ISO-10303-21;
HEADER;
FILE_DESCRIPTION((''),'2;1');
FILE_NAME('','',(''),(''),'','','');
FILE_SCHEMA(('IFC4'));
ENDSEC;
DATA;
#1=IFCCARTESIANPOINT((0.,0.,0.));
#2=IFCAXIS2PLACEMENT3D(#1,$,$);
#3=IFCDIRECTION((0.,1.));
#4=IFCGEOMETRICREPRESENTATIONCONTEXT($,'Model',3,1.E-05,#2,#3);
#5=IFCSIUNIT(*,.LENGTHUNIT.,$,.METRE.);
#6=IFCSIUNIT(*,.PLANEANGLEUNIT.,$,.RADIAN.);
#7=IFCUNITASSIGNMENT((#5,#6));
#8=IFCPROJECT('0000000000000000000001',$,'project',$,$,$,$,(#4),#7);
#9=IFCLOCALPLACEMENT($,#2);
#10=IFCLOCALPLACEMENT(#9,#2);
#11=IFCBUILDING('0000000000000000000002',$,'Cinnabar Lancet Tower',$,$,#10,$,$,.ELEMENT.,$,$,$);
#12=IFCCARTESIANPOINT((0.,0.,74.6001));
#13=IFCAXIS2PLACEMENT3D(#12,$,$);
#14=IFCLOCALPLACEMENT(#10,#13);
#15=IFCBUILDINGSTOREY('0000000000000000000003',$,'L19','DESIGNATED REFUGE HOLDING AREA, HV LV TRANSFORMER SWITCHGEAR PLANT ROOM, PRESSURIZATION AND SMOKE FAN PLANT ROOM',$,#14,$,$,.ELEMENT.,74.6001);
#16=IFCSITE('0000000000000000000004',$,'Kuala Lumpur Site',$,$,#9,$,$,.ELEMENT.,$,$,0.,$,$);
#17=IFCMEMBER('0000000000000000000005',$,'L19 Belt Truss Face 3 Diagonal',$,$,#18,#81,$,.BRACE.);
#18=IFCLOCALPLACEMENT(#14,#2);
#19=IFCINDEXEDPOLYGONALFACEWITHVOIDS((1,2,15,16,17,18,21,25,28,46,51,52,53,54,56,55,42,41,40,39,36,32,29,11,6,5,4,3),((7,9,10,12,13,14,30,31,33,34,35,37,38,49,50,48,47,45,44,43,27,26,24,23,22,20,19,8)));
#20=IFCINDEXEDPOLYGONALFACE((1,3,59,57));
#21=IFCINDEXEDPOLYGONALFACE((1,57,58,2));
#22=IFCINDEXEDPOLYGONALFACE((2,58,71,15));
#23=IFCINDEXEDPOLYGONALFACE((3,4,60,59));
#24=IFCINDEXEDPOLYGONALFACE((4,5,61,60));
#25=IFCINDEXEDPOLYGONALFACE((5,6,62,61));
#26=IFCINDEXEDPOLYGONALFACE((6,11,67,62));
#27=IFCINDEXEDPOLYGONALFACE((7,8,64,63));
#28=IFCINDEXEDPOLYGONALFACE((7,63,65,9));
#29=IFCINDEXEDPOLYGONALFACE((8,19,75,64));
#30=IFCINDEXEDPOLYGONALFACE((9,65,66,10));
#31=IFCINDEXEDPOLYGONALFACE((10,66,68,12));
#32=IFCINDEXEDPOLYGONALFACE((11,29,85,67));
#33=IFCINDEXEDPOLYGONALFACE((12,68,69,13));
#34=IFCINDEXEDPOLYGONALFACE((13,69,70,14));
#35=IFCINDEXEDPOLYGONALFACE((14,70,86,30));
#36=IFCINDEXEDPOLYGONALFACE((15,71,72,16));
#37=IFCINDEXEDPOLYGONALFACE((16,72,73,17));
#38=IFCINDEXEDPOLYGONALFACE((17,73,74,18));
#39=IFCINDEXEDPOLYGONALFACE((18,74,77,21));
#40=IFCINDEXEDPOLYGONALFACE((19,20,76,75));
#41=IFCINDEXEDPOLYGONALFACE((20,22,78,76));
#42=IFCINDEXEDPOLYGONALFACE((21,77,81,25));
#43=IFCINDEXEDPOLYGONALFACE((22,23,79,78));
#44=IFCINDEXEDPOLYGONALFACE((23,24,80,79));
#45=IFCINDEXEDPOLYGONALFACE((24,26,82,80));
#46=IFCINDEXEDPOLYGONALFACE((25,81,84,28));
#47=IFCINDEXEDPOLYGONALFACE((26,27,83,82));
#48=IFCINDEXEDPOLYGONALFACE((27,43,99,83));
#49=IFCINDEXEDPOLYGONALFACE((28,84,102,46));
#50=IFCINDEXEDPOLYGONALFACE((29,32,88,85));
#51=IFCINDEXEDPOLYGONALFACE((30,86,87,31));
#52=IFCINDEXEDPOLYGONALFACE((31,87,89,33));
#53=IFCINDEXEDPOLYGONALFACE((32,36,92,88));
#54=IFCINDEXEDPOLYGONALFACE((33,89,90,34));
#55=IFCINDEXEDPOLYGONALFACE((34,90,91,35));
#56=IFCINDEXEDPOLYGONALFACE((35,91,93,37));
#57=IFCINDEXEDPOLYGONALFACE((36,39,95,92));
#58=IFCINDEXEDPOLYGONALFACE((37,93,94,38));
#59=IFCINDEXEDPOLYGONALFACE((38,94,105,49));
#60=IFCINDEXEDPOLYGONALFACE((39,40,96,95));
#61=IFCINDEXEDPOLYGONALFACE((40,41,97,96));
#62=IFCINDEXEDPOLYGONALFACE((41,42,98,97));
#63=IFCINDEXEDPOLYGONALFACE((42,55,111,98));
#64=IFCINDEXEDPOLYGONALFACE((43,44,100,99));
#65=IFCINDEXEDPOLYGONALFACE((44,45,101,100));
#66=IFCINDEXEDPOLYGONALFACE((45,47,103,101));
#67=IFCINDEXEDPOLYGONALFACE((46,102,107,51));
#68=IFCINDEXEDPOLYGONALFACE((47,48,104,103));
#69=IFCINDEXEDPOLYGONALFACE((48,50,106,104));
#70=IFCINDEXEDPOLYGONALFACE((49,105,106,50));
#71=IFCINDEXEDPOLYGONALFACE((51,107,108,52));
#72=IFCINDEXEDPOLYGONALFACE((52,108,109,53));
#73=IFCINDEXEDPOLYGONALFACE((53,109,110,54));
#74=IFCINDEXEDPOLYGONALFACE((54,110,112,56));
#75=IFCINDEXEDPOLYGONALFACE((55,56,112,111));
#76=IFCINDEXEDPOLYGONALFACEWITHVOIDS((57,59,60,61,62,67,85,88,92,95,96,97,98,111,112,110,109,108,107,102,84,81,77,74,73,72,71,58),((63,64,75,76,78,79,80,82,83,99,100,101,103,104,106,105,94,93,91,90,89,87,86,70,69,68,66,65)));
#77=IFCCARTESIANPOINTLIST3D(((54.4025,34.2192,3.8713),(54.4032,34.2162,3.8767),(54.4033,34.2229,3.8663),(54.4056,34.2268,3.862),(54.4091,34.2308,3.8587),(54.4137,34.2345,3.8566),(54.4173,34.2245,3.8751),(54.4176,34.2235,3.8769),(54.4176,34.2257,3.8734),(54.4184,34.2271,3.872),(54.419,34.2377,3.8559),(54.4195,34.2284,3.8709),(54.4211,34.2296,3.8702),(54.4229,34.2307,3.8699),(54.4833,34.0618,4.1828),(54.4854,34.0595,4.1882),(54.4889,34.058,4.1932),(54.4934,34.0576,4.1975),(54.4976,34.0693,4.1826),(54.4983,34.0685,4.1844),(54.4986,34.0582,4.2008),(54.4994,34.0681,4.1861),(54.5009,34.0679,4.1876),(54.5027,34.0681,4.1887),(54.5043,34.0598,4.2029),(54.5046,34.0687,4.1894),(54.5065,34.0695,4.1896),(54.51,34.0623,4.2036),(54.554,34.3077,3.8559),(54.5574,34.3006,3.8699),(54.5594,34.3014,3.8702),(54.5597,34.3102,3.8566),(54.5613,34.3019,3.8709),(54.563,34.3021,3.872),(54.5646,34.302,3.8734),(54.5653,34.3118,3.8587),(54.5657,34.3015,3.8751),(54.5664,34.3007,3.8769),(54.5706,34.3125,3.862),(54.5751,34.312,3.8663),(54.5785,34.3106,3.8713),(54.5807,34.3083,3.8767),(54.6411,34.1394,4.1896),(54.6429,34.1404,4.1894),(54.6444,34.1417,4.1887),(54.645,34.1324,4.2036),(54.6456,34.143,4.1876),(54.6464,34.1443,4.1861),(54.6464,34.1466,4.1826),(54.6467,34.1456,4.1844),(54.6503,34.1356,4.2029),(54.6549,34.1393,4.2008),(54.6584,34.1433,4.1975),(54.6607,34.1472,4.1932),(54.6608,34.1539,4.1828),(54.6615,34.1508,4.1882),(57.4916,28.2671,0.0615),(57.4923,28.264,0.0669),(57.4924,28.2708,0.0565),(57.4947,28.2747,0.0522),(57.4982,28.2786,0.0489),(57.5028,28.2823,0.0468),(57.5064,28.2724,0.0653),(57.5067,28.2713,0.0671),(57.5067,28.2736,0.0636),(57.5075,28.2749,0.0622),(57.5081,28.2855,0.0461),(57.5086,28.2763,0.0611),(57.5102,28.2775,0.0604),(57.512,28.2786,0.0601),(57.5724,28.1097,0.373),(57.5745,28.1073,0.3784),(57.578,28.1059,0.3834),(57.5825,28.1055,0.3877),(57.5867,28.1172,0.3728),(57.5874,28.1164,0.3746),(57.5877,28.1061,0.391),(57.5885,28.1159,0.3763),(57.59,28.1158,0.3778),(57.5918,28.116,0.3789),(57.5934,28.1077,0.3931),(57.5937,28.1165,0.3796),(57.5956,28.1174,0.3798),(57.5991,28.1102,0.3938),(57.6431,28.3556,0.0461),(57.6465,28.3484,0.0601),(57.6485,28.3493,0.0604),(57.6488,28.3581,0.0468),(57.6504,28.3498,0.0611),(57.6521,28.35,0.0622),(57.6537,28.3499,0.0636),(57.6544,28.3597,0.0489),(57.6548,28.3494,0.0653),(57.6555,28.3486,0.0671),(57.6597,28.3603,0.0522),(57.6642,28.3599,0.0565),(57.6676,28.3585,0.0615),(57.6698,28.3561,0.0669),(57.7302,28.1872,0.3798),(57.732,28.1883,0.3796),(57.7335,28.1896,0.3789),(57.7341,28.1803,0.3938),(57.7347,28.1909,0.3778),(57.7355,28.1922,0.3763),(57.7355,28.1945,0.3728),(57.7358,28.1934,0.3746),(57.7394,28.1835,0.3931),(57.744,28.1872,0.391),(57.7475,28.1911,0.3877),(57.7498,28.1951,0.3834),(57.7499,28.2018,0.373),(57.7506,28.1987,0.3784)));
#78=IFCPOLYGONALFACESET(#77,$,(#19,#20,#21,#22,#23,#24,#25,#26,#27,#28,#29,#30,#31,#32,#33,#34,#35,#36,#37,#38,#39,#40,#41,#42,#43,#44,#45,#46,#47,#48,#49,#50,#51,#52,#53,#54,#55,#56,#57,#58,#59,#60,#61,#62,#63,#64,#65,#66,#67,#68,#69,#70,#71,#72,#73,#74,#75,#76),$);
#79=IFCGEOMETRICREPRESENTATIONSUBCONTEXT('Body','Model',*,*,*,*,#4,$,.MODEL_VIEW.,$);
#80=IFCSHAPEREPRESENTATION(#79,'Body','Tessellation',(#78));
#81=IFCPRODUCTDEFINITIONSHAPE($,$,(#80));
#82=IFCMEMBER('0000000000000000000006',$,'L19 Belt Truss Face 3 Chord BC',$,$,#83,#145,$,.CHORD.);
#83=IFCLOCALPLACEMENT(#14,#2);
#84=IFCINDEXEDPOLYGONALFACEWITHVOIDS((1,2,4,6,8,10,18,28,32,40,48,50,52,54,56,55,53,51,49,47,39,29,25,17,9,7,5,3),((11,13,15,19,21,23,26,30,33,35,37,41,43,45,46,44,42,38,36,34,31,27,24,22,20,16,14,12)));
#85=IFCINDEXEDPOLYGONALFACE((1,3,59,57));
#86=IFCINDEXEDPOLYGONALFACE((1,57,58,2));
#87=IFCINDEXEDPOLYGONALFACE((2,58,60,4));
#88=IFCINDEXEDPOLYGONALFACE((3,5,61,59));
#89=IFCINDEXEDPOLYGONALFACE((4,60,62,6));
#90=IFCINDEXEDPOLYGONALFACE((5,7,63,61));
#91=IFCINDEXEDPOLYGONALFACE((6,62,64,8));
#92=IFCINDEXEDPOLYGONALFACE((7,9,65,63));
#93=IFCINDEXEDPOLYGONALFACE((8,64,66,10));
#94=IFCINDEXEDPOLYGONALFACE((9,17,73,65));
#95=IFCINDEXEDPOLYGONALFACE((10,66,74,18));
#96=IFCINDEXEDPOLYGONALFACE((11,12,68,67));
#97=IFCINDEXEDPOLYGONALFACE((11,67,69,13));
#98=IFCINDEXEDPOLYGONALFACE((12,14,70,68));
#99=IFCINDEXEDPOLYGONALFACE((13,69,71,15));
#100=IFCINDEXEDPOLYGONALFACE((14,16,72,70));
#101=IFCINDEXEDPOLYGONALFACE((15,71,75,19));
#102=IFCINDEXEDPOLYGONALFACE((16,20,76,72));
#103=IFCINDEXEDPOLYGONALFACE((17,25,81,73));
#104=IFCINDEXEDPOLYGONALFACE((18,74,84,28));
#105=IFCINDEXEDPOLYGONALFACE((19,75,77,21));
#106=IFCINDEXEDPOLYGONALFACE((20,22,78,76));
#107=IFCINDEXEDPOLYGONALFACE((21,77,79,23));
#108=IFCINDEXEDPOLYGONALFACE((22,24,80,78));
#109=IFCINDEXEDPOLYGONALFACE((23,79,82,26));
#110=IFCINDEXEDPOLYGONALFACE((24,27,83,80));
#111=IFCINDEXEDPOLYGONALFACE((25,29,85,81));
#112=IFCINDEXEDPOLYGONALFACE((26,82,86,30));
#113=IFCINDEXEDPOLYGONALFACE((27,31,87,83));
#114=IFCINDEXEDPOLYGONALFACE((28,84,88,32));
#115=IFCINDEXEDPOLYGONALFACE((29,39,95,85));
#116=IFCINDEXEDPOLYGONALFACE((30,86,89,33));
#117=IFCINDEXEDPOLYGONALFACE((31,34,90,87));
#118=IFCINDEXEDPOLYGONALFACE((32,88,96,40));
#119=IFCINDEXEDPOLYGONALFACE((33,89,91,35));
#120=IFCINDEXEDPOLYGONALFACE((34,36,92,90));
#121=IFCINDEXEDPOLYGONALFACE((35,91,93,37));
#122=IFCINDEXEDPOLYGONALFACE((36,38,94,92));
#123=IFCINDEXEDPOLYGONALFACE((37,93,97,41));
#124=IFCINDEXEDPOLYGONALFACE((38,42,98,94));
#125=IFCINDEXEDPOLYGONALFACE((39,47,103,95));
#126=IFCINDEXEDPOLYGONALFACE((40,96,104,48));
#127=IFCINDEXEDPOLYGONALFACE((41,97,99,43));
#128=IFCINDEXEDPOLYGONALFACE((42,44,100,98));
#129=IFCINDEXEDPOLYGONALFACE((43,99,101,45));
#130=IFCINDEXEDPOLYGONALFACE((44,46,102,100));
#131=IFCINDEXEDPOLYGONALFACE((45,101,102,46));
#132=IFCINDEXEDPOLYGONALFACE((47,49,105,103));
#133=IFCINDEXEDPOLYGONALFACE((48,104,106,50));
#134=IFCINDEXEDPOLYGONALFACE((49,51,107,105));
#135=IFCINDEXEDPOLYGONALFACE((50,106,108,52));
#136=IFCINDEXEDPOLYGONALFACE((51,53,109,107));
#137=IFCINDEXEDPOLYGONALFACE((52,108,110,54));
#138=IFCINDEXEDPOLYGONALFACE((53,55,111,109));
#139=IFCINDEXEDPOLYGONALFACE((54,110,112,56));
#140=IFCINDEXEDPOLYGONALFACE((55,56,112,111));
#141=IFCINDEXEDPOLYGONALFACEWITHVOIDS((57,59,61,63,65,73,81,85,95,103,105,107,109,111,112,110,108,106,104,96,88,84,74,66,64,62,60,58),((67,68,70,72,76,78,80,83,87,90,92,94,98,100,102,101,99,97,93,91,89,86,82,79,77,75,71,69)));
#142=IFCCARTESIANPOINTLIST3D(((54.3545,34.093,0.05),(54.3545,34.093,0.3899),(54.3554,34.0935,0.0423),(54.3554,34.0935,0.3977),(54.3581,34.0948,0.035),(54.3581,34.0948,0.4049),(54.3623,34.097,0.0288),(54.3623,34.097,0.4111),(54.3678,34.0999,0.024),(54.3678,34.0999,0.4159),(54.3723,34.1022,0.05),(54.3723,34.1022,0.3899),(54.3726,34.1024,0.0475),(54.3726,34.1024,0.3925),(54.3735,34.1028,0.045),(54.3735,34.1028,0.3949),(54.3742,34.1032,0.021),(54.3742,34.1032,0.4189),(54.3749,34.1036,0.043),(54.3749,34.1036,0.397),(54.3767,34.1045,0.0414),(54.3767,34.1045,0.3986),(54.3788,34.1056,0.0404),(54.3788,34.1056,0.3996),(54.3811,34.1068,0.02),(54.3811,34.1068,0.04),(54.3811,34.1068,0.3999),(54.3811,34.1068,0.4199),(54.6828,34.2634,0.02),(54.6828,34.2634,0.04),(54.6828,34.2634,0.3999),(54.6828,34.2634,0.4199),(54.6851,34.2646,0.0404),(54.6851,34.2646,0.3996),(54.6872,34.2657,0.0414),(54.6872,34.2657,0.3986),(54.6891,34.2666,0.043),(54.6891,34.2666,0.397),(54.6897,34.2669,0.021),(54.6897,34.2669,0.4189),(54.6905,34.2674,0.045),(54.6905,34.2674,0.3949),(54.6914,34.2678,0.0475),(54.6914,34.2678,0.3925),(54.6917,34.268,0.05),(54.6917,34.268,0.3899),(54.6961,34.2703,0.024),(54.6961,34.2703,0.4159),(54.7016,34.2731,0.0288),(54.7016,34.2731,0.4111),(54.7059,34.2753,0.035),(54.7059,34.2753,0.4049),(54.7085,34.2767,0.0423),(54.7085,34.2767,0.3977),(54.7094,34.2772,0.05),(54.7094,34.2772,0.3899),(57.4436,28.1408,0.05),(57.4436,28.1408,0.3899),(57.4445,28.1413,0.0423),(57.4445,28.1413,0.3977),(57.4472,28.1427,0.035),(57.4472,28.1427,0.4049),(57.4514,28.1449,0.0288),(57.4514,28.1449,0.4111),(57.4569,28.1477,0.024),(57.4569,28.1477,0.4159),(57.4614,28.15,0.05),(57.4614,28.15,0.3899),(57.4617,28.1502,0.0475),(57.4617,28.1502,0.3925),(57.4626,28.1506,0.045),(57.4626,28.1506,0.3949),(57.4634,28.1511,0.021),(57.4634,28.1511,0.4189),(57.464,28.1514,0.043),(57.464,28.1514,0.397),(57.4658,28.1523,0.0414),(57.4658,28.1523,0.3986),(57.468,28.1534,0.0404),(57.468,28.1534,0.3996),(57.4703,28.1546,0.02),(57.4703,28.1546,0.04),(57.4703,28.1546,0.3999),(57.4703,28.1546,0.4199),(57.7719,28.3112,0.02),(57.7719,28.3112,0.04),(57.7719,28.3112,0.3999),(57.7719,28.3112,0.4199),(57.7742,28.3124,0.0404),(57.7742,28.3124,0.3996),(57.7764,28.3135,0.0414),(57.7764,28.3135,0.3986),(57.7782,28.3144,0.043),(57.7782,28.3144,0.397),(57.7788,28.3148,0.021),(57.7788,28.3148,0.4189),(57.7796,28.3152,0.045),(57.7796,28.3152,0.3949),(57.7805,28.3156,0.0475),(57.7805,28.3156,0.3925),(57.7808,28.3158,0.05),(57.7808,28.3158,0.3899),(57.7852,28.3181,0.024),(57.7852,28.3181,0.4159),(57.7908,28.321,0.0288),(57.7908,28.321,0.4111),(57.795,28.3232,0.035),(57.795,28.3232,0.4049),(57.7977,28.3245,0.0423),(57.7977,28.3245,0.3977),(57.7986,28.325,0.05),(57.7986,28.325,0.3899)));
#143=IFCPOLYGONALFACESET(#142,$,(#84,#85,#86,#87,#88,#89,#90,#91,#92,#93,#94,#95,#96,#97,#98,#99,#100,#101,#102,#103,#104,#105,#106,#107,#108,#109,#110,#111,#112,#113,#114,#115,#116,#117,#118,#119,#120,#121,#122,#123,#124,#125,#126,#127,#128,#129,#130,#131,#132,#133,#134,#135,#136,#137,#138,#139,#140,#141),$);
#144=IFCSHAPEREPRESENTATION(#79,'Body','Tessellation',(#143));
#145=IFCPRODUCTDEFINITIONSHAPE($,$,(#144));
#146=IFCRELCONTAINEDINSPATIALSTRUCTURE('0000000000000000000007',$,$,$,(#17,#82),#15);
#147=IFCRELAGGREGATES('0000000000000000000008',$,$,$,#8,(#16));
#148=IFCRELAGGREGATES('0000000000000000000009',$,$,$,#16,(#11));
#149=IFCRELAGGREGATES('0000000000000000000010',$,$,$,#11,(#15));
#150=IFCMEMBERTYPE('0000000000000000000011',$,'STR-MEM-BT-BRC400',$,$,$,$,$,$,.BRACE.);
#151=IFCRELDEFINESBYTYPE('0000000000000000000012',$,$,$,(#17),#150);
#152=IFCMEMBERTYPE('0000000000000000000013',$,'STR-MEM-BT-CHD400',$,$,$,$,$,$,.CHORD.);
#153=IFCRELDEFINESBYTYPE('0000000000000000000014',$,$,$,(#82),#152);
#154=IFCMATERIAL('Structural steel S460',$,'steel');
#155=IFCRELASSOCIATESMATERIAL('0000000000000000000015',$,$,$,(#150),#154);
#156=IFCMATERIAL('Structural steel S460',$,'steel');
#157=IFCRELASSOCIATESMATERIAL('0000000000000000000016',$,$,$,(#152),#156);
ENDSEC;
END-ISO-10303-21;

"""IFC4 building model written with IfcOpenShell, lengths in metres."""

from ifc_helpers import new_model, si_unit, direction, frame, origin, origin_2d, place, context, subcontext, project, spatial, hollow_rectangle, extrude, material, material_profile, profile_set, type_object, element, save


model = new_model("IFC4")

# Units and contexts
model_context = context("Model", 3, precision=1e-05, world=origin(), true_north=direction((0.0, 1.0)))
body_context = subcontext(model_context, "Body", "Model", "MODEL_VIEW")
ifc_project = project(units=[si_unit("LENGTHUNIT", "METRE"), si_unit("PLANEANGLEUNIT", "RADIAN")], contexts=[model_context])

# Site, building, storey
site_placement = place(None, origin())
site = spatial("IfcSite", under=ifc_project, at=site_placement, Name="Kuala Lumpur Site", CompositionType="ELEMENT", RefElevation=0.0)
building_placement = place(site_placement, origin())
building = spatial("IfcBuilding", under=site, at=building_placement, Name="Cinnabar Lancet Tower", CompositionType="ELEMENT")
storey_placement = place(building_placement, frame((0.0, 0.0, 74.6001)))
storey = spatial("IfcBuildingStorey", under=building, at=storey_placement, Name="L19", Description="DESIGNATED REFUGE HOLDING AREA, HV LV TRANSFORMER SWITCHGEAR PLANT ROOM, PRESSURIZATION AND SMOKE FAN PLANT ROOM", CompositionType="ELEMENT", Elevation=74.6001)

# Members
ifc_material_1 = material(Name="Structural steel S460", Category="steel")
ifc_material_profile_1 = material_profile(ifc_material_1, hollow_rectangle(XDim=0.2, YDim=0.3999, WallThickness=0.0161, InnerFilletRadius=0.0081, OuterFilletRadius=0.0239, at=origin_2d()), Name="RHS 400x200x16")
ifc_profile_set_1 = profile_set([ifc_material_profile_1], Name="Structural steel S460")
member_type_1 = type_object("IfcMemberType", Name="STR-MEM-BT-BRC400", PredefinedType="BRACE", material=ifc_profile_set_1)
member_placement = place(storey_placement, frame((57.6211, 28.2329, 0.22), z_axis=(-0.400524, 0.771736, 0.493968), x_axis=(-0.887583, -0.460648, 0.0)))
element("IfcMember", 1, at=member_placement, inside=storey, type_object=member_type_1, Name="L19 Belt Truss Face 3 Diagonal", PredefinedType="BRACE", context=body_context, shape_type="SweptSolid", body=[
    extrude(hollow_rectangle(XDim=0.2, YDim=0.3999, WallThickness=0.0161, InnerFilletRadius=0.0081, OuterFilletRadius=0.0239, at=origin_2d()), origin(), (0.0, 0.0, 1.0), 7.7126),
])
ifc_material_2 = material(Name="Structural steel S460", Category="steel")
ifc_material_profile_2 = material_profile(ifc_material_2, hollow_rectangle(XDim=0.3999, YDim=0.3999, WallThickness=0.02, InnerFilletRadius=0.01, OuterFilletRadius=0.03, at=origin_2d()), Name="SHS 400x400x20")
ifc_profile_set_2 = profile_set([ifc_material_profile_2], Name="Structural steel S460")
member_type_2 = type_object("IfcMemberType", Name="STR-MEM-BT-CHD400", PredefinedType="CHORD", material=ifc_profile_set_2)
for number, where, z_axis, x_axis, name in (
    (2, (57.6211, 28.2329, 0.22), (-0.460648, 0.887583, 0.0), (-0.887583, -0.460648, 0.0), "L19 Belt Truss Face 3 Chord BC"),
):
    element("IfcMember", number, at=place(storey_placement, frame(where, z_axis=z_axis, x_axis=x_axis)), inside=storey, type_object=member_type_2, Name=name, PredefinedType="CHORD", context=body_context, shape_type="SweptSolid", body=[
        extrude(hollow_rectangle(XDim=0.3999, YDim=0.3999, WallThickness=0.02, InnerFilletRadius=0.01, OuterFilletRadius=0.03, at=origin_2d()), origin(), (0.0, 0.0, 1.0), 6.7061),
    ])

save(model, "model.ifc")
